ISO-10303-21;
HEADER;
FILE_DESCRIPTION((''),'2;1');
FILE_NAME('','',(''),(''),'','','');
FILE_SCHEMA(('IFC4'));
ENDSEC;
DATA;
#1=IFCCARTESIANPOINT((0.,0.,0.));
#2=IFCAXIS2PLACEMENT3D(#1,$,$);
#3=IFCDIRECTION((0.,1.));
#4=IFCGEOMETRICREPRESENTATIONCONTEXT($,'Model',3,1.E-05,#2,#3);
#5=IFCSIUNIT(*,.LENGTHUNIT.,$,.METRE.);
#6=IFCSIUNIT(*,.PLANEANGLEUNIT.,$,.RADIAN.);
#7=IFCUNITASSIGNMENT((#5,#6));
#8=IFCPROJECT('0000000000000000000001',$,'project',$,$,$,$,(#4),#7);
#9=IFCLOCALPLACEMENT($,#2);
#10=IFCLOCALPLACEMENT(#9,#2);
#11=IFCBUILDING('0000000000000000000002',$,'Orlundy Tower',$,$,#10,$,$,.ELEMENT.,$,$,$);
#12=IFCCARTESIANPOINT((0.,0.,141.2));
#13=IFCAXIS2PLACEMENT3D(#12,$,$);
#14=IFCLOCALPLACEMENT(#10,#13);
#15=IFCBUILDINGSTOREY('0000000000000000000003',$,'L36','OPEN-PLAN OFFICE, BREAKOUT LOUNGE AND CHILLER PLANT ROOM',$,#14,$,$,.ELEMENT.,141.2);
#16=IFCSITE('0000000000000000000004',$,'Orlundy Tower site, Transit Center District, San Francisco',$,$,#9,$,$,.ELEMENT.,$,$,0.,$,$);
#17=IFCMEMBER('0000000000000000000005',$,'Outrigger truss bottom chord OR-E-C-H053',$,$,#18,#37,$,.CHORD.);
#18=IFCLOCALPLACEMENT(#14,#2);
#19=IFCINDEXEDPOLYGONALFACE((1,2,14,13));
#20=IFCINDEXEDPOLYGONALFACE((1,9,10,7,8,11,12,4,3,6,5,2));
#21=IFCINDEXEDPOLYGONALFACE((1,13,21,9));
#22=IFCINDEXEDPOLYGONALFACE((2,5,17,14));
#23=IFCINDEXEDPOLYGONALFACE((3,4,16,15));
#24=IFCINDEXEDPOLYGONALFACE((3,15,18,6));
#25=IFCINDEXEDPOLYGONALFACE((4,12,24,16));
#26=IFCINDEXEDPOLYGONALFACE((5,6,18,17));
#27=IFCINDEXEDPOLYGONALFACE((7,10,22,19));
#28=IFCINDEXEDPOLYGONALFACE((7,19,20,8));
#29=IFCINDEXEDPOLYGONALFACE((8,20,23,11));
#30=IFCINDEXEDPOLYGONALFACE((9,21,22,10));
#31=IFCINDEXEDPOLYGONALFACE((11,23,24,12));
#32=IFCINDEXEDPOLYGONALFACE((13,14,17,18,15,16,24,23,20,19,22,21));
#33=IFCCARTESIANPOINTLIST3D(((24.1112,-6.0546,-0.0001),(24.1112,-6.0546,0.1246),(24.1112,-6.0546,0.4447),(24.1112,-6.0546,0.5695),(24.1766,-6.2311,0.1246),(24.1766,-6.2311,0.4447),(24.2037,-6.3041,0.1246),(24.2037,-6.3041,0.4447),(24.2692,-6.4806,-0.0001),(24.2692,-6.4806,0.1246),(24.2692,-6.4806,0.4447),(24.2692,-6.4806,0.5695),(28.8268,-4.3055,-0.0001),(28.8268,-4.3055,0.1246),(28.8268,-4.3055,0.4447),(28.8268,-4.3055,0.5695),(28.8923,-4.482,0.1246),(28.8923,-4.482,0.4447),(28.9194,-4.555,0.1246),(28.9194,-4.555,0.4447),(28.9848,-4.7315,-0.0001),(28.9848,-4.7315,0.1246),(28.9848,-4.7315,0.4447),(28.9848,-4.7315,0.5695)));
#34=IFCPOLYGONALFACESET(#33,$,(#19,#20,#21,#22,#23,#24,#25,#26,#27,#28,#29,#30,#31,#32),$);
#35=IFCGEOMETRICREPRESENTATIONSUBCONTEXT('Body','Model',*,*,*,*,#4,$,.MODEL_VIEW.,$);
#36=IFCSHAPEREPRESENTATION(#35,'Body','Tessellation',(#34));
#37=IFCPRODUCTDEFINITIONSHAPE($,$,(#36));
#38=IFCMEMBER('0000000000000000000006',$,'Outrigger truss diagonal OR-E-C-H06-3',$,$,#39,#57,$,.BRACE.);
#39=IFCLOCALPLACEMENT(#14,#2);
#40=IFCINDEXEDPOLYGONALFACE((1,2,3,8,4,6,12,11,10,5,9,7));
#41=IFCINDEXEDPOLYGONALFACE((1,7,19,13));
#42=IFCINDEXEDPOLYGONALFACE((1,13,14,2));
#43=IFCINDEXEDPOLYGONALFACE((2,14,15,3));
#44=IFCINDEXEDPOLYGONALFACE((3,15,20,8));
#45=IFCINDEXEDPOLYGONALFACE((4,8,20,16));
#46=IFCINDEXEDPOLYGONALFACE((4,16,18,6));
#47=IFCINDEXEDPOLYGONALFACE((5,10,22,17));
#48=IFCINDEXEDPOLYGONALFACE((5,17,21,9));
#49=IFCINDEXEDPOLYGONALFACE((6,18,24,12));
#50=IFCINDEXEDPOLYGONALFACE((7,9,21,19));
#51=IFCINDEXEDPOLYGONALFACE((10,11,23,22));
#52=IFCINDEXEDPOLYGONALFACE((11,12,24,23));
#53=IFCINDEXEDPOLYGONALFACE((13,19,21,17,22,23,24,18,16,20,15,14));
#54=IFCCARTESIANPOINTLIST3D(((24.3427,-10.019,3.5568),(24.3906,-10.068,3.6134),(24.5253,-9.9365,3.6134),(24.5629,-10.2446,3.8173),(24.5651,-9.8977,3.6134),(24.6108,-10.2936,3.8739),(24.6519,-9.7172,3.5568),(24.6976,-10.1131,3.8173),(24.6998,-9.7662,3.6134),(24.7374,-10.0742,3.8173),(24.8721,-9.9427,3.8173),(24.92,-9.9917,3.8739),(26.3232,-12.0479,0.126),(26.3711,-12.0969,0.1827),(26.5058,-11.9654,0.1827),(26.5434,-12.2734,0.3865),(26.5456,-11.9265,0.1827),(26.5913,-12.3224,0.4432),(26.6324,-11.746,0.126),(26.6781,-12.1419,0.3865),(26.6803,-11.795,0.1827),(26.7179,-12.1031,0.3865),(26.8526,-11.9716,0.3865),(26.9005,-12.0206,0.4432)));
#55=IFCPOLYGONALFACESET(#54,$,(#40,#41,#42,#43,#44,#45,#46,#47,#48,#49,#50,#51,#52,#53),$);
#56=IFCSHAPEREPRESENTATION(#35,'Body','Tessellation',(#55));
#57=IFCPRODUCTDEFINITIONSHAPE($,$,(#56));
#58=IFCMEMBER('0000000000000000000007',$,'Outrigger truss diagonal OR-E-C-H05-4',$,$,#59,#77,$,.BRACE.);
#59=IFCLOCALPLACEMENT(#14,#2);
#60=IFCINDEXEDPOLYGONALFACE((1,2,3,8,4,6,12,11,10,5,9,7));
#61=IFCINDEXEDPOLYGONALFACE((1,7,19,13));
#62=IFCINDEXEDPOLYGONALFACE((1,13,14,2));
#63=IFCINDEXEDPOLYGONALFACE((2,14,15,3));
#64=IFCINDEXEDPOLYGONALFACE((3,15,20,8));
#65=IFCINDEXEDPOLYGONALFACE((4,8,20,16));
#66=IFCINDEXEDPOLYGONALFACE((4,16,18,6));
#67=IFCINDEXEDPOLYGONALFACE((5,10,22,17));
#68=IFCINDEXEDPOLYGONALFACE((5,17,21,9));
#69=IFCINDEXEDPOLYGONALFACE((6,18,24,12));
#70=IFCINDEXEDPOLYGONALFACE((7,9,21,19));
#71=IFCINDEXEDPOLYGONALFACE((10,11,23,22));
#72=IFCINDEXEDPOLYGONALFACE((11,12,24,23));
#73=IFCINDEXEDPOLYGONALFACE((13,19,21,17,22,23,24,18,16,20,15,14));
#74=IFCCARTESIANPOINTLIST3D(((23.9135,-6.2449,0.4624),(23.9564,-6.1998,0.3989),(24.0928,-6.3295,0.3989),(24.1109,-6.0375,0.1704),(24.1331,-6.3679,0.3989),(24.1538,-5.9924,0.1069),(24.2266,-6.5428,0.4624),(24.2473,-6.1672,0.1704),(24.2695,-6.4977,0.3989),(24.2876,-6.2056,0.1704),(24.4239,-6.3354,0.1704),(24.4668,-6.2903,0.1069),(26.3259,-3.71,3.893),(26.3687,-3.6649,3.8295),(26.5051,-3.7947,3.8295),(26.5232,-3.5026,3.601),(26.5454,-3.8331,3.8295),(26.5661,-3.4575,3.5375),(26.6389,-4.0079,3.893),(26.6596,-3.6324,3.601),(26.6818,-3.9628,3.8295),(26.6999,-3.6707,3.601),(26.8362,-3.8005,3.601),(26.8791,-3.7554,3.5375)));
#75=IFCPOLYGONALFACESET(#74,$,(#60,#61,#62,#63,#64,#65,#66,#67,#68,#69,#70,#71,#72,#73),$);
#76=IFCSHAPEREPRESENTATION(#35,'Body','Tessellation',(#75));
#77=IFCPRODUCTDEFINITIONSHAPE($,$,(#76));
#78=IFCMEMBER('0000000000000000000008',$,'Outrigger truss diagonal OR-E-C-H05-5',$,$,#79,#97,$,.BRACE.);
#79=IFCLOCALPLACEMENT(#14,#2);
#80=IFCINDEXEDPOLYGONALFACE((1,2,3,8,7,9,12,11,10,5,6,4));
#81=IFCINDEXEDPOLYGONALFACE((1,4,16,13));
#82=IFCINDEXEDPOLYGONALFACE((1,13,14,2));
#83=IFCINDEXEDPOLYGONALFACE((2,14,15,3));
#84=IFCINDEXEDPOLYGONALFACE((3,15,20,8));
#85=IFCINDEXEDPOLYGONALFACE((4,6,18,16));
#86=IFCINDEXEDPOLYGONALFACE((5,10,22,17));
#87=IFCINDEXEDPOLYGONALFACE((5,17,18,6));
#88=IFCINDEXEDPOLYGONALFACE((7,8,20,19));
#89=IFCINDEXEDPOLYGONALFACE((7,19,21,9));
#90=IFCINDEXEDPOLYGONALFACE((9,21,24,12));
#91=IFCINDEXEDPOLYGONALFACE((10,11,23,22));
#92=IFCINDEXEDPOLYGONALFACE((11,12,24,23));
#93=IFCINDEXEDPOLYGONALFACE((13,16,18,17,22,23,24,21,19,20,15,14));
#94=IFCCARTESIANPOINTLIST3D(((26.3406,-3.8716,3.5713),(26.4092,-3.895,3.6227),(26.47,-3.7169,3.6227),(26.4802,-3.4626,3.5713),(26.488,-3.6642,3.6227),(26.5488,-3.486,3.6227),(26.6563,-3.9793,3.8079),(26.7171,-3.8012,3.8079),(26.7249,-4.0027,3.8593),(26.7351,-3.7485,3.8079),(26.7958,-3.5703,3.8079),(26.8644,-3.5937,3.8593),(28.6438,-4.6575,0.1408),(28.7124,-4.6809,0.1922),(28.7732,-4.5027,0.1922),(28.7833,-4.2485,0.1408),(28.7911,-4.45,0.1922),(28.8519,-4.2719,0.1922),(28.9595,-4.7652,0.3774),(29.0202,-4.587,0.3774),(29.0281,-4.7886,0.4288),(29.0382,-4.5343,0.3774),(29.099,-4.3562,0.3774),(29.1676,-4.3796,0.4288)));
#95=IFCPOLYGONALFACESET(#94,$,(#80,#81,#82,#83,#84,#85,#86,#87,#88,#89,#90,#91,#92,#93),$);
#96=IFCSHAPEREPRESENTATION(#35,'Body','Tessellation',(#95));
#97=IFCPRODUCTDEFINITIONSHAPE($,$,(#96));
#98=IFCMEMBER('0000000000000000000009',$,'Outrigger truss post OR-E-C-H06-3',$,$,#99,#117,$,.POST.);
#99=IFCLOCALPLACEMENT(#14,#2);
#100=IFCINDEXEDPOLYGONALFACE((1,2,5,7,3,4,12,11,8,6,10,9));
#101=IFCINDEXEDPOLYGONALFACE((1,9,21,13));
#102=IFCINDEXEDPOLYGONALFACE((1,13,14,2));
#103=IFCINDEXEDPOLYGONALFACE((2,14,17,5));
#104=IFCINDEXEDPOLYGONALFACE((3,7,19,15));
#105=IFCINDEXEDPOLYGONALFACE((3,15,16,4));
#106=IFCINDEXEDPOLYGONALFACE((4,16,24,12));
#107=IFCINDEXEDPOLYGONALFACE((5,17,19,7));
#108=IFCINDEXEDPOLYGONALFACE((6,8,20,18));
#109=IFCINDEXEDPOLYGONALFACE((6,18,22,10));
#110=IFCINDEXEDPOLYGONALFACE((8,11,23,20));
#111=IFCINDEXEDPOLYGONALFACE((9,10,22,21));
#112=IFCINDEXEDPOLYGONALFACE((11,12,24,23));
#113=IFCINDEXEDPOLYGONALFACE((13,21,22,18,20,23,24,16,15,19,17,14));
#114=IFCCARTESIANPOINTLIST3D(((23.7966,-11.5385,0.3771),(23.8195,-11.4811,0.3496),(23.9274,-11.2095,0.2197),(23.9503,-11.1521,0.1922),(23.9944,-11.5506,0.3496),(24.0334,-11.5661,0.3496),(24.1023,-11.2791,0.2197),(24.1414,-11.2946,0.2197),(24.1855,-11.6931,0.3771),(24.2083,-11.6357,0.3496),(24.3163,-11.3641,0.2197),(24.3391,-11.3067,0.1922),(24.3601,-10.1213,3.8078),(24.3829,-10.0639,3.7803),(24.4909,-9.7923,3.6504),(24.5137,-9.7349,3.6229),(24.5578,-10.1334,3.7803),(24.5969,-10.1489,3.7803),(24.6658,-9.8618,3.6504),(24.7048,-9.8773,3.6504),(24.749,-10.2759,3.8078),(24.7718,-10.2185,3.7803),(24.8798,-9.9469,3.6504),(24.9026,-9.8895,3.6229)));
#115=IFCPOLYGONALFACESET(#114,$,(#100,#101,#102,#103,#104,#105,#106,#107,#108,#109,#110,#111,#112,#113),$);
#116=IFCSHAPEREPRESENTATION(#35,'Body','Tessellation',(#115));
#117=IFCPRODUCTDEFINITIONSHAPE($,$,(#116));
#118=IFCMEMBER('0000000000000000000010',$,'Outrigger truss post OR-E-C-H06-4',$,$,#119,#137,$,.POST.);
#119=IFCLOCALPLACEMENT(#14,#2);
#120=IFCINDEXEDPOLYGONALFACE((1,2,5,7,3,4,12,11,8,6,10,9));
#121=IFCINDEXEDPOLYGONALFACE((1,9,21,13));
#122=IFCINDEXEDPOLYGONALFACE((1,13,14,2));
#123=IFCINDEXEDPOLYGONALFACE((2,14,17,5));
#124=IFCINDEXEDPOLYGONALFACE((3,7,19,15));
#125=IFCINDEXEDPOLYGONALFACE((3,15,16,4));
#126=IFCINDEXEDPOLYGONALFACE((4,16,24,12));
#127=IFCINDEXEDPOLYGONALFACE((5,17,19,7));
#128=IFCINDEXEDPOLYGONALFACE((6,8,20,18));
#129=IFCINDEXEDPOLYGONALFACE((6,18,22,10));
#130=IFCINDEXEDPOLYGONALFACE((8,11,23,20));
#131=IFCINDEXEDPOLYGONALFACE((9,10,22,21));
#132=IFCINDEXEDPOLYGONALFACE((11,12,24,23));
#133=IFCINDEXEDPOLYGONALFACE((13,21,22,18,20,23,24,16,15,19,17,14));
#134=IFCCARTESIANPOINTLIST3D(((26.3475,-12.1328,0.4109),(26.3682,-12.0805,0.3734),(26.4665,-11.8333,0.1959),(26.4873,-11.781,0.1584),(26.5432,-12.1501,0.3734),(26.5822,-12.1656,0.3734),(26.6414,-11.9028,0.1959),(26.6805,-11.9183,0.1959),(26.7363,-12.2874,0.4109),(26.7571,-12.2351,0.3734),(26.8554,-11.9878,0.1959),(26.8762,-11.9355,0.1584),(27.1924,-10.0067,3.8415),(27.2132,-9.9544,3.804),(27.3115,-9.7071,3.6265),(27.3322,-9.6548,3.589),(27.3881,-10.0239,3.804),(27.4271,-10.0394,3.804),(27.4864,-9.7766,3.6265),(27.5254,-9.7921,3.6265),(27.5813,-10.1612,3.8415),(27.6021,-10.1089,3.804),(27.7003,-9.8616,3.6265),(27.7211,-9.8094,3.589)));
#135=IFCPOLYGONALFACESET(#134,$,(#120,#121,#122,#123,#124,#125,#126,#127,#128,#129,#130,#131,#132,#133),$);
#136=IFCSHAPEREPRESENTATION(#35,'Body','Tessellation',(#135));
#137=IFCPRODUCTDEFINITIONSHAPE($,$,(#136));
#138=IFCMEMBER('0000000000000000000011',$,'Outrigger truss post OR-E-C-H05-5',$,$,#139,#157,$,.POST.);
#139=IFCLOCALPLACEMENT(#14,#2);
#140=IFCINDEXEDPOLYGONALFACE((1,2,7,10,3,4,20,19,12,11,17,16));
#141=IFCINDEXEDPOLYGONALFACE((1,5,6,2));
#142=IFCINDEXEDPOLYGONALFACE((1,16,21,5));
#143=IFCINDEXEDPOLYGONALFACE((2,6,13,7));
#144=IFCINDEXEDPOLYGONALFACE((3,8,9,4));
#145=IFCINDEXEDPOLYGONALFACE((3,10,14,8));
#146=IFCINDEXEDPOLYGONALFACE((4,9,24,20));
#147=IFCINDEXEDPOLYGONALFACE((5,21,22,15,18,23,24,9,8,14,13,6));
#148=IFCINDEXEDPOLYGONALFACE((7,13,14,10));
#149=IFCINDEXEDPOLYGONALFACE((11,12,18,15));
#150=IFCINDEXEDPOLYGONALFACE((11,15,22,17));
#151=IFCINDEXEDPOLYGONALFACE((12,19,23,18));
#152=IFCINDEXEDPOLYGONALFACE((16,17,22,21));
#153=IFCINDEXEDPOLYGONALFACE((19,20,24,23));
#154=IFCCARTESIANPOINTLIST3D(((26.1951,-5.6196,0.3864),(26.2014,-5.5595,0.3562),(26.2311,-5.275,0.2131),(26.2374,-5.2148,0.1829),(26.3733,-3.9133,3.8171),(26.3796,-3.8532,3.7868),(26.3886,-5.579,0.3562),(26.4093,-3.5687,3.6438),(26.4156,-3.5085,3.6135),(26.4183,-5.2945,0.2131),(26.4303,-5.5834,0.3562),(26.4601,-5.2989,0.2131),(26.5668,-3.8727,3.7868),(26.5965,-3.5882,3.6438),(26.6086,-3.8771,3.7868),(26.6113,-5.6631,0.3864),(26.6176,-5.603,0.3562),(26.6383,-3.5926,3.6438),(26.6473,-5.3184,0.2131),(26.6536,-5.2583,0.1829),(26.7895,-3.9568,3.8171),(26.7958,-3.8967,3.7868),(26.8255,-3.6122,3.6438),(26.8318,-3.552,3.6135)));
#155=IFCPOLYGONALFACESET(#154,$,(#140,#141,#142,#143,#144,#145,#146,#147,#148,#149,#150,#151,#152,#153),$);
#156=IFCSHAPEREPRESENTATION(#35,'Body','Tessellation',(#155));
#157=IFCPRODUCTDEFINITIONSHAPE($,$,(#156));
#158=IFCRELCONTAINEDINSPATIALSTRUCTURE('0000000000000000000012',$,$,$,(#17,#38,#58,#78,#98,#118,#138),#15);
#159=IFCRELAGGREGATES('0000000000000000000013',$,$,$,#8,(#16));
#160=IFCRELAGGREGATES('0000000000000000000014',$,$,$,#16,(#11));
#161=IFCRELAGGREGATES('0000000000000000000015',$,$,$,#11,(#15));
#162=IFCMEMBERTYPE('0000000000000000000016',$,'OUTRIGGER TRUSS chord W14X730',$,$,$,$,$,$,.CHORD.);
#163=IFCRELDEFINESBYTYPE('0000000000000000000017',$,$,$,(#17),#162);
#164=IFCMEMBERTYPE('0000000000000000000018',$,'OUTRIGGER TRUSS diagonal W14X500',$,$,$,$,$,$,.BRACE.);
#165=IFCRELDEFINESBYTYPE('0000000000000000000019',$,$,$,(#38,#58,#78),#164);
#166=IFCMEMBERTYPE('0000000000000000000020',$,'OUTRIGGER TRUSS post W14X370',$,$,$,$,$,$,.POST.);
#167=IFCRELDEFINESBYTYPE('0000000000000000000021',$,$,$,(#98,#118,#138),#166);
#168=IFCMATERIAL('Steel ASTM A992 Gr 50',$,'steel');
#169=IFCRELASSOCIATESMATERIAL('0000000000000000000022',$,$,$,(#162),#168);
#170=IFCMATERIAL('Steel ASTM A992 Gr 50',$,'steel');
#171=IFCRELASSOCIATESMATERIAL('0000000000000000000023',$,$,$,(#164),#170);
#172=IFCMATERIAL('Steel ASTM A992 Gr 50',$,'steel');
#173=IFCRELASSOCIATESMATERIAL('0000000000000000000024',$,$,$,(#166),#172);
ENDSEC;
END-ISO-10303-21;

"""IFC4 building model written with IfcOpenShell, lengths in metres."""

from ifc_helpers import new_model, si_unit, direction, frame, origin, origin_2d, place, context, subcontext, project, spatial, i_section, extrude, material, material_profile, profile_set, type_object, element, save


model = new_model("IFC4")

# Units and contexts
model_context = context("Model", 3, precision=1e-05, world=origin(), true_north=direction((0.0, 1.0)))
body_context = subcontext(model_context, "Body", "Model", "MODEL_VIEW")
ifc_project = project(units=[si_unit("LENGTHUNIT", "METRE"), si_unit("PLANEANGLEUNIT", "RADIAN")], contexts=[model_context])

# Site, building, storey
site_placement = place(None, origin())
site = spatial("IfcSite", under=ifc_project, at=site_placement, Name="Orlundy Tower site, Transit Center District, San Francisco", CompositionType="ELEMENT", RefElevation=0.0)
building_placement = place(site_placement, origin())
building = spatial("IfcBuilding", under=site, at=building_placement, Name="Orlundy Tower", CompositionType="ELEMENT")
storey_placement = place(building_placement, frame((0.0, 0.0, 141.2)))
storey = spatial("IfcBuildingStorey", under=building, at=storey_placement, Name="L36", Description="OPEN-PLAN OFFICE, BREAKOUT LOUNGE AND CHILLER PLANT ROOM", CompositionType="ELEMENT", Elevation=141.2)

# Members
ifc_material_1 = material(Name="Steel ASTM A992 Gr 50", Category="steel")
ifc_material_profile_1 = material_profile(ifc_material_1, i_section(OverallWidth=0.4543, OverallDepth=0.5696, WebThickness=0.0779, FlangeThickness=0.1248, at=origin_2d()), Name="W14X730")
ifc_profile_set_1 = profile_set([ifc_material_profile_1], Name="Steel ASTM A992 Gr 50")
member_type_1 = type_object("IfcMemberType", Name="OUTRIGGER TRUSS chord W14X730", PredefinedType="CHORD", material=ifc_profile_set_1)
member_1_placement = place(storey_placement, frame((24.1902, -6.2676, 0.2847), z_axis=(0.937586, 0.347754, 0.0), x_axis=(-0.347754, 0.937586, 0.0)))
element("IfcMember", 1, at=member_1_placement, inside=storey, type_object=member_type_1, Name="Outrigger truss bottom chord OR-E-C-H053", PredefinedType="CHORD", context=body_context, shape_type="SweptSolid", body=[
    extrude(i_section(OverallWidth=0.4543, OverallDepth=0.5696, WebThickness=0.0779, FlangeThickness=0.1248, at=origin_2d()), origin(), (0.0, 0.0, 1.0), 5.0295),
])
ifc_material_2 = material(Name="Steel ASTM A992 Gr 50", Category="steel")
ifc_material_profile_2 = material_profile(ifc_material_2, i_section(OverallWidth=0.4321, OverallDepth=0.4978, WebThickness=0.0557, FlangeThickness=0.0889, at=origin_2d()), Name="W14X500")
ifc_profile_set_2 = profile_set([ifc_material_profile_2], Name="Steel ASTM A992 Gr 50")
member_type_2 = type_object("IfcMemberType", Name="OUTRIGGER TRUSS diagonal W14X500", PredefinedType="BRACE", material=ifc_profile_set_2)
member_2_placement = place(storey_placement, frame((24.6313, -10.0054, 3.7153), z_axis=(0.44499, -0.455851, -0.770833), x_axis=(0.71558, 0.69853, 0.0)))
element("IfcMember", 2, at=member_2_placement, inside=storey, type_object=member_type_2, Name="Outrigger truss diagonal OR-E-C-H06-3", PredefinedType="BRACE", context=body_context, shape_type="SweptSolid", body=[
    extrude(i_section(OverallWidth=0.4321, OverallDepth=0.4978, WebThickness=0.0557, FlangeThickness=0.0889, at=origin_2d()), origin(), (0.0, 0.0, 1.0), 4.4507),
])
member_3_placement = place(storey_placement, frame((24.1902, -6.2676, 0.2847), z_axis=(0.492269, 0.517279, 0.700067), x_axis=(-0.724402, 0.689378, 0.0)))
element("IfcMember", 3, at=member_3_placement, inside=storey, type_object=member_type_2, Name="Outrigger truss diagonal OR-E-C-H05-4", PredefinedType="BRACE", context=body_context, shape_type="SweptSolid", body=[
    extrude(i_section(OverallWidth=0.4321, OverallDepth=0.4978, WebThickness=0.0557, FlangeThickness=0.0889, at=origin_2d()), origin(), (0.0, 0.0, 1.0), 4.9004),
])
member_4_placement = place(storey_placement, frame((26.6025, -3.7327, 3.7153), z_axis=(0.547581, -0.186842, -0.815626), x_axis=(0.322931, 0.946422, 0.0)))
element("IfcMember", 4, at=member_4_placement, inside=storey, type_object=member_type_2, Name="Outrigger truss diagonal OR-E-C-H05-5", PredefinedType="BRACE", context=body_context, shape_type="SweptSolid", body=[
    extrude(i_section(OverallWidth=0.4321, OverallDepth=0.4978, WebThickness=0.0557, FlangeThickness=0.0889, at=origin_2d()), origin(), (0.0, 0.0, 1.0), 4.2061),
])
ifc_material_3 = material(Name="Steel ASTM A992 Gr 50", Category="steel")
ifc_material_profile_3 = material_profile(ifc_material_3, i_section(OverallWidth=0.4185, OverallDepth=0.4551, WebThickness=0.042, FlangeThickness=0.0676, at=origin_2d()), Name="W14X370")
ifc_profile_set_3 = profile_set([ifc_material_profile_3], Name="Steel ASTM A992 Gr 50")
member_type_3 = type_object("IfcMemberType", Name="OUTRIGGER TRUSS post W14X370", PredefinedType="POST", material=ifc_profile_set_3)
member_5_placement = place(storey_placement, frame((24.0679, -11.4226, 0.2847), z_axis=(0.150084, 0.377487, 0.913772), x_axis=(-0.929247, 0.369458, 0.0)))
element("IfcMember", 5, at=member_5_placement, inside=storey, type_object=member_type_3, Name="Outrigger truss post OR-E-C-H06-3", PredefinedType="POST", context=body_context, shape_type="SweptSolid", body=[
    extrude(i_section(OverallWidth=0.4185, OverallDepth=0.4551, WebThickness=0.042, FlangeThickness=0.0676, at=origin_2d()), origin(), (0.0, 0.0, 1.0), 3.7544),
])
member_6_placement = place(storey_placement, frame((26.6118, -12.0342, 0.2847), z_axis=(0.20491, 0.51562, 0.831954), x_axis=(-0.929306, 0.369311, 0.0)))
element("IfcMember", 6, at=member_6_placement, inside=storey, type_object=member_type_3, Name="Outrigger truss post OR-E-C-H06-4", PredefinedType="POST", context=body_context, shape_type="SweptSolid", body=[
    extrude(i_section(OverallWidth=0.4185, OverallDepth=0.4551, WebThickness=0.042, FlangeThickness=0.0676, at=origin_2d()), origin(), (0.0, 0.0, 1.0), 4.1235),
])
member_7_placement = place(storey_placement, frame((26.4243, -5.439, 0.2847), z_axis=(0.046464, 0.444846, 0.894401), x_axis=(-0.994589, 0.103885, 0.0)))
element("IfcMember", 7, at=member_7_placement, inside=storey, type_object=member_type_3, Name="Outrigger truss post OR-E-C-H05-5", PredefinedType="POST", context=body_context, shape_type="SweptSolid", body=[
    extrude(i_section(OverallWidth=0.4185, OverallDepth=0.4551, WebThickness=0.042, FlangeThickness=0.0676, at=origin_2d()), origin(), (0.0, 0.0, 1.0), 3.8357),
])

save(model, "model.ifc")
